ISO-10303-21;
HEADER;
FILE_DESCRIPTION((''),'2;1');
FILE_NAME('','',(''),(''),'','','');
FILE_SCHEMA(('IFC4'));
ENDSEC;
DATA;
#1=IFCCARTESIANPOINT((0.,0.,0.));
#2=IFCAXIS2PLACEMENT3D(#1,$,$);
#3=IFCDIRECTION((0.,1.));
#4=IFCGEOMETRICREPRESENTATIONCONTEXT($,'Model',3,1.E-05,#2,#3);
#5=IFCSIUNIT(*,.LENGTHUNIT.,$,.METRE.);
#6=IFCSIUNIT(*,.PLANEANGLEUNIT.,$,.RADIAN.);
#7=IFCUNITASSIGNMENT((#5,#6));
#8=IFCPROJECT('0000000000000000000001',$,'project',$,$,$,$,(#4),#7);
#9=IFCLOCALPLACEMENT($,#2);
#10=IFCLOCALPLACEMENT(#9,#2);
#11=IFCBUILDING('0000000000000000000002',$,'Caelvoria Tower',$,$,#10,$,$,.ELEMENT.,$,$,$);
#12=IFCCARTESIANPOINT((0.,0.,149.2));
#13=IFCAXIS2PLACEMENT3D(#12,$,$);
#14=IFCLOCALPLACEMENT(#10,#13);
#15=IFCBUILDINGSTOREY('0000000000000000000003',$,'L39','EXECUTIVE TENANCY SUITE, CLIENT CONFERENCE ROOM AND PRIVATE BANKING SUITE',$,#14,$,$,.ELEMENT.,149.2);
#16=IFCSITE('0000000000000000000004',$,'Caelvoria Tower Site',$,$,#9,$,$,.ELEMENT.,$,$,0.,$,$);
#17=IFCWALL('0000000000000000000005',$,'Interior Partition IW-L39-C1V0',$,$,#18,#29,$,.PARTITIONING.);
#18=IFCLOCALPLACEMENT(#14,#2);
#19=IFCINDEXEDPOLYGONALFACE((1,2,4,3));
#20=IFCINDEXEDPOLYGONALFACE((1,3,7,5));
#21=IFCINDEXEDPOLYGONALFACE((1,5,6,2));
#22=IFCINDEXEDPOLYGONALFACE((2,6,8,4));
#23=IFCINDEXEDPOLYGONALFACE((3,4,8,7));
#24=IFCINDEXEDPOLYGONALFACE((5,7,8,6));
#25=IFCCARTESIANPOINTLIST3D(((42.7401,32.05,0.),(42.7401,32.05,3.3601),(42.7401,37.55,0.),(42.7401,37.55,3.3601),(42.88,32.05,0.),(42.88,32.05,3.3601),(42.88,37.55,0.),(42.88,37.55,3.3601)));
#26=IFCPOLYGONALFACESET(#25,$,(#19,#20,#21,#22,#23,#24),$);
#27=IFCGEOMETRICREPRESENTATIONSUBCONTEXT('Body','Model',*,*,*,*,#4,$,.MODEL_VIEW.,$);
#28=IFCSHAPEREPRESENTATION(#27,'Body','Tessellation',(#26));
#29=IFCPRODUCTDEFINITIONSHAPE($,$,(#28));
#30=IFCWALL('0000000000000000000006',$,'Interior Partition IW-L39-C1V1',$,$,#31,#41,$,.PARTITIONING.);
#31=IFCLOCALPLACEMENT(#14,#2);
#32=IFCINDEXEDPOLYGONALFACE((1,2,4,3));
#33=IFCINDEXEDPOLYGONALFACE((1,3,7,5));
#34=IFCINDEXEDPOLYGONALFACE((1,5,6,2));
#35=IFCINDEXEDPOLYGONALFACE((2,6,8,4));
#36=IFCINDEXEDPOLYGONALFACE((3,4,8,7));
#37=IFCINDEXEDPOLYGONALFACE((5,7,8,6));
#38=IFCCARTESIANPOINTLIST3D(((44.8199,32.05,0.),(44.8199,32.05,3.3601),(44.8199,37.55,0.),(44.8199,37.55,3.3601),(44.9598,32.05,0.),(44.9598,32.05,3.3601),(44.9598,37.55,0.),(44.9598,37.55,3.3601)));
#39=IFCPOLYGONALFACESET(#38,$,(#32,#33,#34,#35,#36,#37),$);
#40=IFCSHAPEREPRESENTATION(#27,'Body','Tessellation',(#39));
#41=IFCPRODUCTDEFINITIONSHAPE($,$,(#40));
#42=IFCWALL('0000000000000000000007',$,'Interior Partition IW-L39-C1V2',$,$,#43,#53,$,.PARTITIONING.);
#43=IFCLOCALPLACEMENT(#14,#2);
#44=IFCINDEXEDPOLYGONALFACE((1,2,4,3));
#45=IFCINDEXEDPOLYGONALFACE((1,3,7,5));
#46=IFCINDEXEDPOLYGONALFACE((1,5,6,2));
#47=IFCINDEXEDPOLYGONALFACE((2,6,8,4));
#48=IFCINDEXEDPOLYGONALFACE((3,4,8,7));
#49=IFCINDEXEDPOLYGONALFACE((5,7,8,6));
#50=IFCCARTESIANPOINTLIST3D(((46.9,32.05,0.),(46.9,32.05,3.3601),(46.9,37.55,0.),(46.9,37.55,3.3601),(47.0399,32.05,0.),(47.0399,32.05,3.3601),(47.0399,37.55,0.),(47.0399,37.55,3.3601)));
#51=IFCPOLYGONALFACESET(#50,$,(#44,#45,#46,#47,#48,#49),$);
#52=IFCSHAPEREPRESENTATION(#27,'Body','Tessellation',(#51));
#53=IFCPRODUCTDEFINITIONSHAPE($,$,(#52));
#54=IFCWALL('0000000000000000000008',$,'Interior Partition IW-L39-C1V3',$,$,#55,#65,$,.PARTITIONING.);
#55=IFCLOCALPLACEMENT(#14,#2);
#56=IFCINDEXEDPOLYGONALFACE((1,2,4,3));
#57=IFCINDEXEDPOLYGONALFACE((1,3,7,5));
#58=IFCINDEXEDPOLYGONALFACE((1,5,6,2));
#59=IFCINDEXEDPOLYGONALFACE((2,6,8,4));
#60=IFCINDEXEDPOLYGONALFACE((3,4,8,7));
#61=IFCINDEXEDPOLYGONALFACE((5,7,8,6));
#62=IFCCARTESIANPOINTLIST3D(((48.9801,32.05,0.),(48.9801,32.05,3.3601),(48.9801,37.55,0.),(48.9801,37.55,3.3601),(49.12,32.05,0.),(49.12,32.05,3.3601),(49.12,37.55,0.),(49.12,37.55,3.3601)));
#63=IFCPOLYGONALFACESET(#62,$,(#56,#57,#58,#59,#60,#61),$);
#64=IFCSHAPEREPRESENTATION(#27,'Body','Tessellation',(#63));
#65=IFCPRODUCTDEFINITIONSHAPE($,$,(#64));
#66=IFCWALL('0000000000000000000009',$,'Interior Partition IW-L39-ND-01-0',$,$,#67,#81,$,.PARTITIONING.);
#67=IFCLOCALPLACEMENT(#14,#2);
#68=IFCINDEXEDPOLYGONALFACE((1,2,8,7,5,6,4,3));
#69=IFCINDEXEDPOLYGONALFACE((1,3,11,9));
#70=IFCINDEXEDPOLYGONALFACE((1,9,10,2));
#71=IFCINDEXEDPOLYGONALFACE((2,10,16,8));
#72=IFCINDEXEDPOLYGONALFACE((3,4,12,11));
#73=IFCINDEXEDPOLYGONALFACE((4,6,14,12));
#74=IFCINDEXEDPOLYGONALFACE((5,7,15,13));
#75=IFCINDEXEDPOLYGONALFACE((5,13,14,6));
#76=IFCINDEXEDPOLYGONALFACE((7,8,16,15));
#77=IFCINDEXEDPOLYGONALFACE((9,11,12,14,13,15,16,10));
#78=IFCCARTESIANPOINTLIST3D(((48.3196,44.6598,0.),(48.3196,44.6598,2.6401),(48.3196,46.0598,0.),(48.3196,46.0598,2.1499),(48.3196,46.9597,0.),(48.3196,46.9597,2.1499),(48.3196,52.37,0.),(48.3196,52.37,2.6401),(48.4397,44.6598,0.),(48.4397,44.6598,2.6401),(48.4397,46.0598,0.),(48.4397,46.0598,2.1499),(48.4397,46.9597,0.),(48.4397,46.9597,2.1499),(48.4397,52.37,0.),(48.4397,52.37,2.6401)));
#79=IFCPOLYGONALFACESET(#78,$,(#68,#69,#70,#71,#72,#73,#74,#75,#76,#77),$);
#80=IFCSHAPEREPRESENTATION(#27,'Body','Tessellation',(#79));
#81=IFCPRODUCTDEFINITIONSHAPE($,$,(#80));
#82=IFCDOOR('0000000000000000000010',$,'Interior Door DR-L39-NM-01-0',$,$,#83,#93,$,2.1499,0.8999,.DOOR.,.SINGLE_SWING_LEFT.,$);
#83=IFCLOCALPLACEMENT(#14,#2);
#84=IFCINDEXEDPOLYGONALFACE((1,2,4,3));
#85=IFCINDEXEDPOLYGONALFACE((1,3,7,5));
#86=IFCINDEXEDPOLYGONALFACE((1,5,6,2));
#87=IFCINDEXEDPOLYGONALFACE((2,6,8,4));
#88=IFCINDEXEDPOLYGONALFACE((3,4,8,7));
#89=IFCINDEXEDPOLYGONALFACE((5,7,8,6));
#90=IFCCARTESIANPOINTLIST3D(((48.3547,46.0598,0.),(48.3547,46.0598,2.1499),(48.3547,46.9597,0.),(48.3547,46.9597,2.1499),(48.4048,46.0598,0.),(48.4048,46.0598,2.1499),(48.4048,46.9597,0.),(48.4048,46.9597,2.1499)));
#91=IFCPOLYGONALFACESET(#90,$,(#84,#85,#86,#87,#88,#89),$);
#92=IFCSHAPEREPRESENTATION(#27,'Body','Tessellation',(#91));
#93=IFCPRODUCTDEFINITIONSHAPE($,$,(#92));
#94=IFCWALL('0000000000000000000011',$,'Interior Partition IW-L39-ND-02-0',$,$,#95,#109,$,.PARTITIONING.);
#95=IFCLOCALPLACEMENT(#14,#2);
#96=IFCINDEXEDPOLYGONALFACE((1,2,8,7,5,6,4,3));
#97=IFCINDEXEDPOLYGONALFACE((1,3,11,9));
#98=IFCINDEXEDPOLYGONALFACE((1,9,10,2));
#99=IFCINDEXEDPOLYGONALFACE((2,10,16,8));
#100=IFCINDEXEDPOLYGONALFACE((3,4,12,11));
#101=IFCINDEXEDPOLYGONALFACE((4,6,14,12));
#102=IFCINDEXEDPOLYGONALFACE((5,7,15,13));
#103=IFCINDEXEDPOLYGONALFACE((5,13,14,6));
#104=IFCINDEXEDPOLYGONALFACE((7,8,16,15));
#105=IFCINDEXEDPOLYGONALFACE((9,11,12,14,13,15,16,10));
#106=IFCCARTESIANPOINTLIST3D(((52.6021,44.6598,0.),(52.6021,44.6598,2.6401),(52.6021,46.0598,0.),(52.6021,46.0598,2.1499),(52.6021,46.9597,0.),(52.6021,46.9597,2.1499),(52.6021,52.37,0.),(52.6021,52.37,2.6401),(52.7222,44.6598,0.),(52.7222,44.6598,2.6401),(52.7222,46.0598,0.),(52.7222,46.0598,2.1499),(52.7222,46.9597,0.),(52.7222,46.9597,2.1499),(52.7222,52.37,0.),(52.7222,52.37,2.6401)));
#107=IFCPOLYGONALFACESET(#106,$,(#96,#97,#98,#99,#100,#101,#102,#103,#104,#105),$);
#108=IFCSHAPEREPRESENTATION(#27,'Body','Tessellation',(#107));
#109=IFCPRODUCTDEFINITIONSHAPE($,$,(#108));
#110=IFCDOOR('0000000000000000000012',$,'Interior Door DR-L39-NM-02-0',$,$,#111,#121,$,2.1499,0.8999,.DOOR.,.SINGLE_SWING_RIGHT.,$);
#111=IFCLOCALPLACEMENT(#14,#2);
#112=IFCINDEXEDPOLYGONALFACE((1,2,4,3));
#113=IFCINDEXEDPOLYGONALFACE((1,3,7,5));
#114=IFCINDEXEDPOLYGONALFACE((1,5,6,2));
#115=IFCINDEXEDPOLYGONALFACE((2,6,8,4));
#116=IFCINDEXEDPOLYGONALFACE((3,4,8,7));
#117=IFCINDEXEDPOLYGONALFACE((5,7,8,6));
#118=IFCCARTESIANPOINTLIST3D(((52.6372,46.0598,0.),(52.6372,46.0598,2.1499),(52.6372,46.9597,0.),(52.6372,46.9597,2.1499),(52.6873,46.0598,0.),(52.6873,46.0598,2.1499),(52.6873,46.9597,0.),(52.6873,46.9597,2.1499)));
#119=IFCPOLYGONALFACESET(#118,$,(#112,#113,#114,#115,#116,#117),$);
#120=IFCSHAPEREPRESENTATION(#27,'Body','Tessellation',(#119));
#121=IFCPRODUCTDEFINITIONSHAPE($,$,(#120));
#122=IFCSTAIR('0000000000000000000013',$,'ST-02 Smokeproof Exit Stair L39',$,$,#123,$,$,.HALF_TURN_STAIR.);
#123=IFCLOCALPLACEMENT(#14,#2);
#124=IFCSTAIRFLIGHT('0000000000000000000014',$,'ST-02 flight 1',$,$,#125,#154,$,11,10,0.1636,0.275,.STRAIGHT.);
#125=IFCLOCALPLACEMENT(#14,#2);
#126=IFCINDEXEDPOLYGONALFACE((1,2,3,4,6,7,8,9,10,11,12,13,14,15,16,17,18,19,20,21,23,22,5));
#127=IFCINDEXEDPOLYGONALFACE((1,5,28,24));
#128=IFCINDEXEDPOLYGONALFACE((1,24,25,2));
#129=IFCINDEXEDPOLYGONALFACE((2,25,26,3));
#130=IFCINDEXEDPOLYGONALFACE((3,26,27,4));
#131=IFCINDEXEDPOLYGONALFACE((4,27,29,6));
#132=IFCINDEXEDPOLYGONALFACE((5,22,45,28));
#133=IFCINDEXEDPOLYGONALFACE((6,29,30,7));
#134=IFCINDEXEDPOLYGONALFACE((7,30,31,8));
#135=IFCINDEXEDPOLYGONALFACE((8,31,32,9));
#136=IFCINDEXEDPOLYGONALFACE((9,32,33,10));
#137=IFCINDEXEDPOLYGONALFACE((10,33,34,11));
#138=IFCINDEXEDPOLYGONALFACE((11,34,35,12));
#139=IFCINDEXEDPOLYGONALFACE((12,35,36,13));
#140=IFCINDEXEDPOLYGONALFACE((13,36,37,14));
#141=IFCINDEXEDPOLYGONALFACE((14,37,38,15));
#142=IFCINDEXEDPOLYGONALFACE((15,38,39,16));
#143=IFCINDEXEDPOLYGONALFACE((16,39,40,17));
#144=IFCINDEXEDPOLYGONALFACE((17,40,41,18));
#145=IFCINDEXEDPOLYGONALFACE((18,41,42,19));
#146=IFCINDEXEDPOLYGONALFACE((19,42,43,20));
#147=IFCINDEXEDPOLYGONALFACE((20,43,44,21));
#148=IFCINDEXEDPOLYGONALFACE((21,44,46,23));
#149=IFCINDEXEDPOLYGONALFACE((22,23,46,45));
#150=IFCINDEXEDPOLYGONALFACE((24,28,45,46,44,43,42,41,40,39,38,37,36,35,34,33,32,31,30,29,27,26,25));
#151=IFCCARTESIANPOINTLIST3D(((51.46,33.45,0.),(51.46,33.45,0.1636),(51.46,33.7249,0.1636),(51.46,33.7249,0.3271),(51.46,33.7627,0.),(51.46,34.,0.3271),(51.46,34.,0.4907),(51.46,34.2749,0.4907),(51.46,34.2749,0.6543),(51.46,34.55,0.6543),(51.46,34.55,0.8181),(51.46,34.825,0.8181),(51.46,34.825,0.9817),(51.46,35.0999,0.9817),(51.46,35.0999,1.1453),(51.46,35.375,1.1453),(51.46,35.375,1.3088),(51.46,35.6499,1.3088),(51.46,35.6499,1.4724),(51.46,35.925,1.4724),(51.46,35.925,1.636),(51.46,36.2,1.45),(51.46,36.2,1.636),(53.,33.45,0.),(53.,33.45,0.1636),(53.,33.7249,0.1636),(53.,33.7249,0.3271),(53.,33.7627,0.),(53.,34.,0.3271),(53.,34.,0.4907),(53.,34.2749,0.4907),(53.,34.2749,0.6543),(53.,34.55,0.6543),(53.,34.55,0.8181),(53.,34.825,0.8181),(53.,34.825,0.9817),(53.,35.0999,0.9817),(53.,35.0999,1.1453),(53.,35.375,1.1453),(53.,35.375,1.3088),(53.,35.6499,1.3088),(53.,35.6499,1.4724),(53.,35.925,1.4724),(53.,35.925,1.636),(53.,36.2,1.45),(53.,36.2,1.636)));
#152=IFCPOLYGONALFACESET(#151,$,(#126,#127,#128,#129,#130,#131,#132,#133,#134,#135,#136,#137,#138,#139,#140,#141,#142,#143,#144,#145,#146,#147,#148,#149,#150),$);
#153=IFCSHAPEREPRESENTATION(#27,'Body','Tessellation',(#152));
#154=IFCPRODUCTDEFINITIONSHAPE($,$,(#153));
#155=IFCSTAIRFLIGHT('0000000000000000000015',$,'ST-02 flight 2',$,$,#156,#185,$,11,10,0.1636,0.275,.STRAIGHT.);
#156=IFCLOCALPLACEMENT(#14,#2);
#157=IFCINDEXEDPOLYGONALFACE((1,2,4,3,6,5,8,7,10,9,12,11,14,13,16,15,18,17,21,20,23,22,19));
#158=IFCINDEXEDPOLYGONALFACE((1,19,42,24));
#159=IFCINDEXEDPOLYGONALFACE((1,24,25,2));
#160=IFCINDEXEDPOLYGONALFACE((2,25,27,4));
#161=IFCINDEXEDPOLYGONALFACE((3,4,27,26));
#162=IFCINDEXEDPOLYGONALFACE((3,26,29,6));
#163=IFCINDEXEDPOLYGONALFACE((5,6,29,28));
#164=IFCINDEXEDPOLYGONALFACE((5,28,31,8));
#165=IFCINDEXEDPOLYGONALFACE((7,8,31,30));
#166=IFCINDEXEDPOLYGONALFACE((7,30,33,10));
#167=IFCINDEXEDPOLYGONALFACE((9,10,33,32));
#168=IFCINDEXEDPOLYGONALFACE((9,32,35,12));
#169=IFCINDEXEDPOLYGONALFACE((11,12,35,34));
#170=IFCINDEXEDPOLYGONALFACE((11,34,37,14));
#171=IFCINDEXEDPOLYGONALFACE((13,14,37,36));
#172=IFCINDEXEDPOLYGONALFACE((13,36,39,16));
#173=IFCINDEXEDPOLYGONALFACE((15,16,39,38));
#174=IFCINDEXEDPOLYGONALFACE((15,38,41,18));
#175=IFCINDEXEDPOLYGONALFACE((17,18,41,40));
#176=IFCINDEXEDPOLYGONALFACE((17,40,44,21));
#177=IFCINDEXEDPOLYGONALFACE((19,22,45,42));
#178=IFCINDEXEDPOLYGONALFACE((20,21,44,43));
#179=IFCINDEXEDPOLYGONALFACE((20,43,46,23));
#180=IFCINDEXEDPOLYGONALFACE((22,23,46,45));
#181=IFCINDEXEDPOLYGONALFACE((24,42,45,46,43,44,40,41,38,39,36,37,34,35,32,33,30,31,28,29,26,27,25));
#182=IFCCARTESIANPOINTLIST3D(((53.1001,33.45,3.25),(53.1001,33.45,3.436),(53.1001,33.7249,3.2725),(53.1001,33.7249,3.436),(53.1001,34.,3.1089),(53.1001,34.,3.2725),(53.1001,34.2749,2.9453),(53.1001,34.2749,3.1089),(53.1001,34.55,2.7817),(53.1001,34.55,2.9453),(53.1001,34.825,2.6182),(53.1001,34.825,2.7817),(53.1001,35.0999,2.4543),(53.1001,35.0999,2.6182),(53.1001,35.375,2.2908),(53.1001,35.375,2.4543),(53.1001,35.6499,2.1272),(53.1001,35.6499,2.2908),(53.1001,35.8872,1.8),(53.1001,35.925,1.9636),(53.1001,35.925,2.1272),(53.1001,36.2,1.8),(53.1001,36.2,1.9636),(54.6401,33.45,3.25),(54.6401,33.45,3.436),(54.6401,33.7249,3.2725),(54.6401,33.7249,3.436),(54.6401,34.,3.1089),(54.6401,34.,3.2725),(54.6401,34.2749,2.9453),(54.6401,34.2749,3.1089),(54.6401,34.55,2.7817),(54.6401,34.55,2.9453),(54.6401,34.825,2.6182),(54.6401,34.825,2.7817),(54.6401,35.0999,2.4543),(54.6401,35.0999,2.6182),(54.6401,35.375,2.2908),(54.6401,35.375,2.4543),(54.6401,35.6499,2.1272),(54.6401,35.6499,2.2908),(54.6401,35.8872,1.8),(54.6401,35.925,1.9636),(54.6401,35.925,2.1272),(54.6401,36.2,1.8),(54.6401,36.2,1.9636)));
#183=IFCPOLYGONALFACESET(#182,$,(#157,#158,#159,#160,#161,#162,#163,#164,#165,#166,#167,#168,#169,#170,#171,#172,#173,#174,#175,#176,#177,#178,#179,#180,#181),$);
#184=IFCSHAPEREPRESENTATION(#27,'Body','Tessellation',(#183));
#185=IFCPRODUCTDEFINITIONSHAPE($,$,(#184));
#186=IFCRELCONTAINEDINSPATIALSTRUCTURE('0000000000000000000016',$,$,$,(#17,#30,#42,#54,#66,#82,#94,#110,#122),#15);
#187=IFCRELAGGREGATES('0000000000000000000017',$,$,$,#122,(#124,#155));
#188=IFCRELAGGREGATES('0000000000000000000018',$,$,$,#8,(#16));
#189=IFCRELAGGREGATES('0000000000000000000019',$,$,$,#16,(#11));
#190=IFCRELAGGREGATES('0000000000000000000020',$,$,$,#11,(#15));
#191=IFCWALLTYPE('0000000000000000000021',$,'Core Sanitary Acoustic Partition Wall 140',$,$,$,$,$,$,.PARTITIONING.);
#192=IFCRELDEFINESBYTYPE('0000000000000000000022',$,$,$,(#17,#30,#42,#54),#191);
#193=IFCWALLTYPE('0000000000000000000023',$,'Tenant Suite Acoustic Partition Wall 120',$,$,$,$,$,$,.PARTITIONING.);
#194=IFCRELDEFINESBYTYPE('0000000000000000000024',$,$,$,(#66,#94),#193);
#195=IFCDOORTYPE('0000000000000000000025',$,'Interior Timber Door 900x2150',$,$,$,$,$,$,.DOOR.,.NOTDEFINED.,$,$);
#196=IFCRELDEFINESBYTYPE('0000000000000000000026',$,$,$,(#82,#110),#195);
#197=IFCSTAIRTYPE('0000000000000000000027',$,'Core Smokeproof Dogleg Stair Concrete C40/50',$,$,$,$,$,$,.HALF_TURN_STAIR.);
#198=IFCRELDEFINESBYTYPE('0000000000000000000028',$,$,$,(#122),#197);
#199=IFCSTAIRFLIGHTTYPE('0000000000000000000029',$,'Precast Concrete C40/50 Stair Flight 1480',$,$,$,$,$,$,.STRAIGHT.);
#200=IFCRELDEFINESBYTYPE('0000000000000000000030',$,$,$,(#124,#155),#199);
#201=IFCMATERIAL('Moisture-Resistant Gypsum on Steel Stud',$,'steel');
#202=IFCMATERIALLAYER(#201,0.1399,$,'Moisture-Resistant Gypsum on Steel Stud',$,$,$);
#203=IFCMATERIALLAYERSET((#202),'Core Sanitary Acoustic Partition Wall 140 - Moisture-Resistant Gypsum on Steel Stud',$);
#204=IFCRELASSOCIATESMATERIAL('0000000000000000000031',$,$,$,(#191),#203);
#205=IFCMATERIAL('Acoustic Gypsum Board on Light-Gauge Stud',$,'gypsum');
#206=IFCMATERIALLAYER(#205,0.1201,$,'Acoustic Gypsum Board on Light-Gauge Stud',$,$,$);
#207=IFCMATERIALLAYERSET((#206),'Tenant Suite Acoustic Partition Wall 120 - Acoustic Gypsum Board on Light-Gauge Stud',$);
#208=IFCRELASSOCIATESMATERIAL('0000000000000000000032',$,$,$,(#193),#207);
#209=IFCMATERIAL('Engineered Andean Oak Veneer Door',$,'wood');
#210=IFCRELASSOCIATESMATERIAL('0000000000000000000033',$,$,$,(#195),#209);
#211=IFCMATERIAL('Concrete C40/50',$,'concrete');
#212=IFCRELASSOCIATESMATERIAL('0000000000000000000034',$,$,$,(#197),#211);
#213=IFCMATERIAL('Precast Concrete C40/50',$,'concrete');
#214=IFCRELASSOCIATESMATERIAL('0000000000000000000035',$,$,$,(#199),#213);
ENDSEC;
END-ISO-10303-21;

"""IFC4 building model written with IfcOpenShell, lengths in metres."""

from ifc_helpers import new_model, si_unit, direction, frame, frame_2d, origin, place, context, subcontext, project, spatial, polyline, rectangle, outline, extrude, material, layer, layer_set, type_object, element, fill, aggregate, save


model = new_model("IFC4")

# Units and contexts
model_context = context("Model", 3, precision=1e-05, world=origin(), true_north=direction((0.0, 1.0)))
body_context = subcontext(model_context, "Body", "Model", "MODEL_VIEW")
ifc_project = project(units=[si_unit("LENGTHUNIT", "METRE"), si_unit("PLANEANGLEUNIT", "RADIAN")], contexts=[model_context])

# Site, building, storey
site_placement = place(None, origin())
site = spatial("IfcSite", under=ifc_project, at=site_placement, Name="Caelvoria Tower Site", CompositionType="ELEMENT", RefElevation=0.0)
building_placement = place(site_placement, origin())
building = spatial("IfcBuilding", under=site, at=building_placement, Name="Caelvoria Tower", CompositionType="ELEMENT")
storey_placement = place(building_placement, frame((0.0, 0.0, 149.2)))
storey = spatial("IfcBuildingStorey", under=building, at=storey_placement, Name="L39", Description="EXECUTIVE TENANCY SUITE, CLIENT CONFERENCE ROOM AND PRIVATE BANKING SUITE", CompositionType="ELEMENT", Elevation=149.2)

# Walls
ifc_material_1 = material(Name="Moisture-Resistant Gypsum on Steel Stud", Category="steel")
ifc_layer_1 = layer(ifc_material_1, 0.1399, Name="Moisture-Resistant Gypsum on Steel Stud")
ifc_layer_set_1 = layer_set([ifc_layer_1], Name="Core Sanitary Acoustic Partition Wall 140 - Moisture-Resistant Gypsum on Steel Stud")
wall_type_1 = type_object("IfcWallType", Name="Core Sanitary Acoustic Partition Wall 140", PredefinedType="PARTITIONING", material=ifc_layer_set_1)
for number, where, z_axis, x_axis, name in (
    (1, (42.8101, 32.05, 0.0), (0.0, 0.0, 1.0), (0.0, 1.0, 0.0), "Interior Partition IW-L39-C1V0"),
    (2, (44.8899, 32.05, 0.0), (0.0, 0.0, 1.0), (0.0, 1.0, 0.0), "Interior Partition IW-L39-C1V1"),
    (3, (46.97, 32.05, 0.0), (0.0, 0.0, 1.0), (0.0, 1.0, 0.0), "Interior Partition IW-L39-C1V2"),
    (4, (49.05, 32.05, 0.0), (0.0, 0.0, 1.0), (0.0, 1.0, 0.0), "Interior Partition IW-L39-C1V3"),
):
    element("IfcWall", number, at=place(storey_placement, frame(where, z_axis=z_axis, x_axis=x_axis)), inside=storey, type_object=wall_type_1, Name=name, PredefinedType="PARTITIONING", context=body_context, shape_type="SweptSolid", body=[
        extrude(rectangle(XDim=5.5, YDim=0.1399, at=frame_2d((2.75, 0.0))), origin(), (0.0, 0.0, 1.0), 3.3601),
    ])

# Walls, openings, doors
ifc_material_2 = material(Name="Acoustic Gypsum Board on Light-Gauge Stud", Category="gypsum")
ifc_layer_2 = layer(ifc_material_2, 0.1201, Name="Acoustic Gypsum Board on Light-Gauge Stud")
ifc_layer_set_2 = layer_set([ifc_layer_2], Name="Tenant Suite Acoustic Partition Wall 120 - Acoustic Gypsum Board on Light-Gauge Stud")
wall_type_2 = type_object("IfcWallType", Name="Tenant Suite Acoustic Partition Wall 120", PredefinedType="PARTITIONING", material=ifc_layer_set_2)
wall_1_placement = place(storey_placement, frame((48.3796, 44.6599, 0.0), z_axis=(0.0, 0.0, 1.0), x_axis=(0.0, 1.0, 0.0)))
wall_1 = element("IfcWall", 5, at=wall_1_placement, inside=storey, type_object=wall_type_2, Name="Interior Partition IW-L39-ND-01-0", PredefinedType="PARTITIONING", context=body_context, shape_type="SweptSolid", body=[
    extrude(rectangle(XDim=7.7102, YDim=0.1201, at=frame_2d((3.855, 0.0))), origin(), (0.0, 0.0, 1.0), 2.6401),
])
opening_1_placement = place(wall_1_placement, frame((1.3999, 0.0, 0.0)))
opening_1 = element("IfcOpeningElement", 6, at=opening_1_placement, cuts=wall_1, PredefinedType="OPENING", context=body_context, shape_type="SweptSolid", body=[
    extrude(rectangle(XDim=0.8999, YDim=2.1499, at=frame_2d((0.45, 1.075))), frame((0.0, 0.0701, 0.0), z_axis=(0.0, -1.0, 0.0), x_axis=(1.0, 0.0, 0.0)), (0.0, 0.0, 1.0), 0.1401),
])
ifc_material_3 = material(Name="Engineered Andean Oak Veneer Door", Category="wood")
door_type = type_object("IfcDoorType", Name="Interior Timber Door 900x2150", OperationType="NOTDEFINED", PredefinedType="DOOR", material=ifc_material_3)
door_1_placement = place(opening_1_placement, origin())
door_1 = element("IfcDoor", 7, at=door_1_placement, inside=storey, type_object=door_type, Name="Interior Door DR-L39-NM-01-0", OperationType="SINGLE_SWING_LEFT", OverallHeight=2.1499, OverallWidth=0.8999, PredefinedType="DOOR", context=body_context, shape_type="SweptSolid", body=[
    extrude(rectangle(XDim=0.8999, YDim=2.1499, at=frame_2d((0.45, 1.075))), frame((0.0, 0.0249, 0.0), z_axis=(0.0, -1.0, 0.0), x_axis=(1.0, 0.0, 0.0)), (0.0, 0.0, 1.0), 0.05),
])
fill(opening_1, door_1)
wall_2_placement = place(storey_placement, frame((52.6621, 44.6599, 0.0), z_axis=(0.0, 0.0, 1.0), x_axis=(0.0, 1.0, 0.0)))
wall_2 = element("IfcWall", 8, at=wall_2_placement, inside=storey, type_object=wall_type_2, Name="Interior Partition IW-L39-ND-02-0", PredefinedType="PARTITIONING", context=body_context, shape_type="SweptSolid", body=[
    extrude(rectangle(XDim=7.7102, YDim=0.1201, at=frame_2d((3.855, 0.0))), origin(), (0.0, 0.0, 1.0), 2.6401),
])
opening_2_placement = place(wall_2_placement, frame((1.3999, 0.0, 0.0)))
opening_2 = element("IfcOpeningElement", 9, at=opening_2_placement, cuts=wall_2, PredefinedType="OPENING", context=body_context, shape_type="SweptSolid", body=[
    extrude(rectangle(XDim=0.8999, YDim=2.1499, at=frame_2d((0.45, 1.075))), frame((0.0, 0.0701, 0.0), z_axis=(0.0, -1.0, 0.0), x_axis=(1.0, 0.0, 0.0)), (0.0, 0.0, 1.0), 0.1401),
])
door_2_placement = place(opening_2_placement, origin())
door_2 = element("IfcDoor", 10, at=door_2_placement, inside=storey, type_object=door_type, Name="Interior Door DR-L39-NM-02-0", OperationType="SINGLE_SWING_RIGHT", OverallHeight=2.1499, OverallWidth=0.8999, PredefinedType="DOOR", context=body_context, shape_type="SweptSolid", body=[
    extrude(rectangle(XDim=0.8999, YDim=2.1499, at=frame_2d((0.45, 1.075))), frame((0.0, 0.0249, 0.0), z_axis=(0.0, -1.0, 0.0), x_axis=(1.0, 0.0, 0.0)), (0.0, 0.0, 1.0), 0.05),
])
fill(opening_2, door_2)

# Stair, stair flights
ifc_material_4 = material(Name="Concrete C40/50", Category="concrete")
stair_type = type_object("IfcStairType", Name="Core Smokeproof Dogleg Stair Concrete C40/50", PredefinedType="HALF_TURN_STAIR", material=ifc_material_4)
stair_placement = place(storey_placement, origin())
stair = element("IfcStair", 11, at=stair_placement, inside=storey, type_object=stair_type, Name="ST-02 Smokeproof Exit Stair L39", PredefinedType="HALF_TURN_STAIR")
ifc_material_5 = material(Name="Precast Concrete C40/50", Category="concrete")
stair_flight_type = type_object("IfcStairFlightType", Name="Precast Concrete C40/50 Stair Flight 1480", PredefinedType="STRAIGHT", material=ifc_material_5)
stair_flight_1_placement = place(storey_placement, frame((52.23, 33.45, 0.0), z_axis=(0.0, 0.0, 1.0), x_axis=(0.0, 1.0, 0.0)))
stair_flight_1 = element("IfcStairFlight", 12, at=stair_flight_1_placement, type_object=stair_flight_type, Name="ST-02 flight 1", NumberOfRisers=11, NumberOfTreads=10, PredefinedType="STRAIGHT", RiserHeight=0.1636, TreadLength=0.275, context=body_context, shape_type="SweptSolid", body=[
    extrude(outline(polyline([(0.0, 0.0), (0.0, 0.1636), (0.2749, 0.1636), (0.2749, 0.3271), (0.55, 0.3271), (0.55, 0.4907), (0.825, 0.4907), (0.825, 0.6543), (1.1001, 0.6543), (1.1001, 0.8181), (1.375, 0.8181), (1.375, 0.9817), (1.6499, 0.9817), (1.6499, 1.1453), (1.925, 1.1453), (1.925, 1.3088), (2.2, 1.3088), (2.2, 1.4724), (2.4751, 1.4724), (2.4751, 1.636), (2.75, 1.636), (2.75, 1.7996), (2.75, 1.45), (0.3127, 0.0), (0.0, 0.0)])), frame((0.0, 0.77, 0.0), z_axis=(0.0, -1.0, 0.0), x_axis=(1.0, 0.0, 0.0)), (0.0, 0.0, 1.0), 1.54),
])
stair_flight_2_placement = place(storey_placement, frame((53.8701, 36.2, 1.8), z_axis=(0.0, 0.0, 1.0), x_axis=(0.0, -1.0, 0.0)))
stair_flight_2 = element("IfcStairFlight", 13, at=stair_flight_2_placement, type_object=stair_flight_type, Name="ST-02 flight 2", NumberOfRisers=11, NumberOfTreads=10, PredefinedType="STRAIGHT", RiserHeight=0.1636, TreadLength=0.275, context=body_context, shape_type="SweptSolid", body=[
    extrude(outline(polyline([(0.0, 0.0), (0.0, 0.1636), (0.2749, 0.1636), (0.2749, 0.3271), (0.55, 0.3271), (0.55, 0.4907), (0.825, 0.4907), (0.825, 0.6543), (1.1001, 0.6543), (1.1001, 0.8181), (1.375, 0.8181), (1.375, 0.9817), (1.6499, 0.9817), (1.6499, 1.1453), (1.925, 1.1453), (1.925, 1.3088), (2.2, 1.3088), (2.2, 1.4724), (2.4751, 1.4724), (2.4751, 1.636), (2.75, 1.636), (2.75, 1.7996), (2.75, 1.45), (0.3127, 0.0), (0.0, 0.0)])), frame((0.0, 0.77, 0.0), z_axis=(0.0, -1.0, 0.0), x_axis=(1.0, 0.0, 0.0)), (0.0, 0.0, 1.0), 1.54),
])
aggregate(stair, [stair_flight_1, stair_flight_2])

save(model, "model.ifc")
